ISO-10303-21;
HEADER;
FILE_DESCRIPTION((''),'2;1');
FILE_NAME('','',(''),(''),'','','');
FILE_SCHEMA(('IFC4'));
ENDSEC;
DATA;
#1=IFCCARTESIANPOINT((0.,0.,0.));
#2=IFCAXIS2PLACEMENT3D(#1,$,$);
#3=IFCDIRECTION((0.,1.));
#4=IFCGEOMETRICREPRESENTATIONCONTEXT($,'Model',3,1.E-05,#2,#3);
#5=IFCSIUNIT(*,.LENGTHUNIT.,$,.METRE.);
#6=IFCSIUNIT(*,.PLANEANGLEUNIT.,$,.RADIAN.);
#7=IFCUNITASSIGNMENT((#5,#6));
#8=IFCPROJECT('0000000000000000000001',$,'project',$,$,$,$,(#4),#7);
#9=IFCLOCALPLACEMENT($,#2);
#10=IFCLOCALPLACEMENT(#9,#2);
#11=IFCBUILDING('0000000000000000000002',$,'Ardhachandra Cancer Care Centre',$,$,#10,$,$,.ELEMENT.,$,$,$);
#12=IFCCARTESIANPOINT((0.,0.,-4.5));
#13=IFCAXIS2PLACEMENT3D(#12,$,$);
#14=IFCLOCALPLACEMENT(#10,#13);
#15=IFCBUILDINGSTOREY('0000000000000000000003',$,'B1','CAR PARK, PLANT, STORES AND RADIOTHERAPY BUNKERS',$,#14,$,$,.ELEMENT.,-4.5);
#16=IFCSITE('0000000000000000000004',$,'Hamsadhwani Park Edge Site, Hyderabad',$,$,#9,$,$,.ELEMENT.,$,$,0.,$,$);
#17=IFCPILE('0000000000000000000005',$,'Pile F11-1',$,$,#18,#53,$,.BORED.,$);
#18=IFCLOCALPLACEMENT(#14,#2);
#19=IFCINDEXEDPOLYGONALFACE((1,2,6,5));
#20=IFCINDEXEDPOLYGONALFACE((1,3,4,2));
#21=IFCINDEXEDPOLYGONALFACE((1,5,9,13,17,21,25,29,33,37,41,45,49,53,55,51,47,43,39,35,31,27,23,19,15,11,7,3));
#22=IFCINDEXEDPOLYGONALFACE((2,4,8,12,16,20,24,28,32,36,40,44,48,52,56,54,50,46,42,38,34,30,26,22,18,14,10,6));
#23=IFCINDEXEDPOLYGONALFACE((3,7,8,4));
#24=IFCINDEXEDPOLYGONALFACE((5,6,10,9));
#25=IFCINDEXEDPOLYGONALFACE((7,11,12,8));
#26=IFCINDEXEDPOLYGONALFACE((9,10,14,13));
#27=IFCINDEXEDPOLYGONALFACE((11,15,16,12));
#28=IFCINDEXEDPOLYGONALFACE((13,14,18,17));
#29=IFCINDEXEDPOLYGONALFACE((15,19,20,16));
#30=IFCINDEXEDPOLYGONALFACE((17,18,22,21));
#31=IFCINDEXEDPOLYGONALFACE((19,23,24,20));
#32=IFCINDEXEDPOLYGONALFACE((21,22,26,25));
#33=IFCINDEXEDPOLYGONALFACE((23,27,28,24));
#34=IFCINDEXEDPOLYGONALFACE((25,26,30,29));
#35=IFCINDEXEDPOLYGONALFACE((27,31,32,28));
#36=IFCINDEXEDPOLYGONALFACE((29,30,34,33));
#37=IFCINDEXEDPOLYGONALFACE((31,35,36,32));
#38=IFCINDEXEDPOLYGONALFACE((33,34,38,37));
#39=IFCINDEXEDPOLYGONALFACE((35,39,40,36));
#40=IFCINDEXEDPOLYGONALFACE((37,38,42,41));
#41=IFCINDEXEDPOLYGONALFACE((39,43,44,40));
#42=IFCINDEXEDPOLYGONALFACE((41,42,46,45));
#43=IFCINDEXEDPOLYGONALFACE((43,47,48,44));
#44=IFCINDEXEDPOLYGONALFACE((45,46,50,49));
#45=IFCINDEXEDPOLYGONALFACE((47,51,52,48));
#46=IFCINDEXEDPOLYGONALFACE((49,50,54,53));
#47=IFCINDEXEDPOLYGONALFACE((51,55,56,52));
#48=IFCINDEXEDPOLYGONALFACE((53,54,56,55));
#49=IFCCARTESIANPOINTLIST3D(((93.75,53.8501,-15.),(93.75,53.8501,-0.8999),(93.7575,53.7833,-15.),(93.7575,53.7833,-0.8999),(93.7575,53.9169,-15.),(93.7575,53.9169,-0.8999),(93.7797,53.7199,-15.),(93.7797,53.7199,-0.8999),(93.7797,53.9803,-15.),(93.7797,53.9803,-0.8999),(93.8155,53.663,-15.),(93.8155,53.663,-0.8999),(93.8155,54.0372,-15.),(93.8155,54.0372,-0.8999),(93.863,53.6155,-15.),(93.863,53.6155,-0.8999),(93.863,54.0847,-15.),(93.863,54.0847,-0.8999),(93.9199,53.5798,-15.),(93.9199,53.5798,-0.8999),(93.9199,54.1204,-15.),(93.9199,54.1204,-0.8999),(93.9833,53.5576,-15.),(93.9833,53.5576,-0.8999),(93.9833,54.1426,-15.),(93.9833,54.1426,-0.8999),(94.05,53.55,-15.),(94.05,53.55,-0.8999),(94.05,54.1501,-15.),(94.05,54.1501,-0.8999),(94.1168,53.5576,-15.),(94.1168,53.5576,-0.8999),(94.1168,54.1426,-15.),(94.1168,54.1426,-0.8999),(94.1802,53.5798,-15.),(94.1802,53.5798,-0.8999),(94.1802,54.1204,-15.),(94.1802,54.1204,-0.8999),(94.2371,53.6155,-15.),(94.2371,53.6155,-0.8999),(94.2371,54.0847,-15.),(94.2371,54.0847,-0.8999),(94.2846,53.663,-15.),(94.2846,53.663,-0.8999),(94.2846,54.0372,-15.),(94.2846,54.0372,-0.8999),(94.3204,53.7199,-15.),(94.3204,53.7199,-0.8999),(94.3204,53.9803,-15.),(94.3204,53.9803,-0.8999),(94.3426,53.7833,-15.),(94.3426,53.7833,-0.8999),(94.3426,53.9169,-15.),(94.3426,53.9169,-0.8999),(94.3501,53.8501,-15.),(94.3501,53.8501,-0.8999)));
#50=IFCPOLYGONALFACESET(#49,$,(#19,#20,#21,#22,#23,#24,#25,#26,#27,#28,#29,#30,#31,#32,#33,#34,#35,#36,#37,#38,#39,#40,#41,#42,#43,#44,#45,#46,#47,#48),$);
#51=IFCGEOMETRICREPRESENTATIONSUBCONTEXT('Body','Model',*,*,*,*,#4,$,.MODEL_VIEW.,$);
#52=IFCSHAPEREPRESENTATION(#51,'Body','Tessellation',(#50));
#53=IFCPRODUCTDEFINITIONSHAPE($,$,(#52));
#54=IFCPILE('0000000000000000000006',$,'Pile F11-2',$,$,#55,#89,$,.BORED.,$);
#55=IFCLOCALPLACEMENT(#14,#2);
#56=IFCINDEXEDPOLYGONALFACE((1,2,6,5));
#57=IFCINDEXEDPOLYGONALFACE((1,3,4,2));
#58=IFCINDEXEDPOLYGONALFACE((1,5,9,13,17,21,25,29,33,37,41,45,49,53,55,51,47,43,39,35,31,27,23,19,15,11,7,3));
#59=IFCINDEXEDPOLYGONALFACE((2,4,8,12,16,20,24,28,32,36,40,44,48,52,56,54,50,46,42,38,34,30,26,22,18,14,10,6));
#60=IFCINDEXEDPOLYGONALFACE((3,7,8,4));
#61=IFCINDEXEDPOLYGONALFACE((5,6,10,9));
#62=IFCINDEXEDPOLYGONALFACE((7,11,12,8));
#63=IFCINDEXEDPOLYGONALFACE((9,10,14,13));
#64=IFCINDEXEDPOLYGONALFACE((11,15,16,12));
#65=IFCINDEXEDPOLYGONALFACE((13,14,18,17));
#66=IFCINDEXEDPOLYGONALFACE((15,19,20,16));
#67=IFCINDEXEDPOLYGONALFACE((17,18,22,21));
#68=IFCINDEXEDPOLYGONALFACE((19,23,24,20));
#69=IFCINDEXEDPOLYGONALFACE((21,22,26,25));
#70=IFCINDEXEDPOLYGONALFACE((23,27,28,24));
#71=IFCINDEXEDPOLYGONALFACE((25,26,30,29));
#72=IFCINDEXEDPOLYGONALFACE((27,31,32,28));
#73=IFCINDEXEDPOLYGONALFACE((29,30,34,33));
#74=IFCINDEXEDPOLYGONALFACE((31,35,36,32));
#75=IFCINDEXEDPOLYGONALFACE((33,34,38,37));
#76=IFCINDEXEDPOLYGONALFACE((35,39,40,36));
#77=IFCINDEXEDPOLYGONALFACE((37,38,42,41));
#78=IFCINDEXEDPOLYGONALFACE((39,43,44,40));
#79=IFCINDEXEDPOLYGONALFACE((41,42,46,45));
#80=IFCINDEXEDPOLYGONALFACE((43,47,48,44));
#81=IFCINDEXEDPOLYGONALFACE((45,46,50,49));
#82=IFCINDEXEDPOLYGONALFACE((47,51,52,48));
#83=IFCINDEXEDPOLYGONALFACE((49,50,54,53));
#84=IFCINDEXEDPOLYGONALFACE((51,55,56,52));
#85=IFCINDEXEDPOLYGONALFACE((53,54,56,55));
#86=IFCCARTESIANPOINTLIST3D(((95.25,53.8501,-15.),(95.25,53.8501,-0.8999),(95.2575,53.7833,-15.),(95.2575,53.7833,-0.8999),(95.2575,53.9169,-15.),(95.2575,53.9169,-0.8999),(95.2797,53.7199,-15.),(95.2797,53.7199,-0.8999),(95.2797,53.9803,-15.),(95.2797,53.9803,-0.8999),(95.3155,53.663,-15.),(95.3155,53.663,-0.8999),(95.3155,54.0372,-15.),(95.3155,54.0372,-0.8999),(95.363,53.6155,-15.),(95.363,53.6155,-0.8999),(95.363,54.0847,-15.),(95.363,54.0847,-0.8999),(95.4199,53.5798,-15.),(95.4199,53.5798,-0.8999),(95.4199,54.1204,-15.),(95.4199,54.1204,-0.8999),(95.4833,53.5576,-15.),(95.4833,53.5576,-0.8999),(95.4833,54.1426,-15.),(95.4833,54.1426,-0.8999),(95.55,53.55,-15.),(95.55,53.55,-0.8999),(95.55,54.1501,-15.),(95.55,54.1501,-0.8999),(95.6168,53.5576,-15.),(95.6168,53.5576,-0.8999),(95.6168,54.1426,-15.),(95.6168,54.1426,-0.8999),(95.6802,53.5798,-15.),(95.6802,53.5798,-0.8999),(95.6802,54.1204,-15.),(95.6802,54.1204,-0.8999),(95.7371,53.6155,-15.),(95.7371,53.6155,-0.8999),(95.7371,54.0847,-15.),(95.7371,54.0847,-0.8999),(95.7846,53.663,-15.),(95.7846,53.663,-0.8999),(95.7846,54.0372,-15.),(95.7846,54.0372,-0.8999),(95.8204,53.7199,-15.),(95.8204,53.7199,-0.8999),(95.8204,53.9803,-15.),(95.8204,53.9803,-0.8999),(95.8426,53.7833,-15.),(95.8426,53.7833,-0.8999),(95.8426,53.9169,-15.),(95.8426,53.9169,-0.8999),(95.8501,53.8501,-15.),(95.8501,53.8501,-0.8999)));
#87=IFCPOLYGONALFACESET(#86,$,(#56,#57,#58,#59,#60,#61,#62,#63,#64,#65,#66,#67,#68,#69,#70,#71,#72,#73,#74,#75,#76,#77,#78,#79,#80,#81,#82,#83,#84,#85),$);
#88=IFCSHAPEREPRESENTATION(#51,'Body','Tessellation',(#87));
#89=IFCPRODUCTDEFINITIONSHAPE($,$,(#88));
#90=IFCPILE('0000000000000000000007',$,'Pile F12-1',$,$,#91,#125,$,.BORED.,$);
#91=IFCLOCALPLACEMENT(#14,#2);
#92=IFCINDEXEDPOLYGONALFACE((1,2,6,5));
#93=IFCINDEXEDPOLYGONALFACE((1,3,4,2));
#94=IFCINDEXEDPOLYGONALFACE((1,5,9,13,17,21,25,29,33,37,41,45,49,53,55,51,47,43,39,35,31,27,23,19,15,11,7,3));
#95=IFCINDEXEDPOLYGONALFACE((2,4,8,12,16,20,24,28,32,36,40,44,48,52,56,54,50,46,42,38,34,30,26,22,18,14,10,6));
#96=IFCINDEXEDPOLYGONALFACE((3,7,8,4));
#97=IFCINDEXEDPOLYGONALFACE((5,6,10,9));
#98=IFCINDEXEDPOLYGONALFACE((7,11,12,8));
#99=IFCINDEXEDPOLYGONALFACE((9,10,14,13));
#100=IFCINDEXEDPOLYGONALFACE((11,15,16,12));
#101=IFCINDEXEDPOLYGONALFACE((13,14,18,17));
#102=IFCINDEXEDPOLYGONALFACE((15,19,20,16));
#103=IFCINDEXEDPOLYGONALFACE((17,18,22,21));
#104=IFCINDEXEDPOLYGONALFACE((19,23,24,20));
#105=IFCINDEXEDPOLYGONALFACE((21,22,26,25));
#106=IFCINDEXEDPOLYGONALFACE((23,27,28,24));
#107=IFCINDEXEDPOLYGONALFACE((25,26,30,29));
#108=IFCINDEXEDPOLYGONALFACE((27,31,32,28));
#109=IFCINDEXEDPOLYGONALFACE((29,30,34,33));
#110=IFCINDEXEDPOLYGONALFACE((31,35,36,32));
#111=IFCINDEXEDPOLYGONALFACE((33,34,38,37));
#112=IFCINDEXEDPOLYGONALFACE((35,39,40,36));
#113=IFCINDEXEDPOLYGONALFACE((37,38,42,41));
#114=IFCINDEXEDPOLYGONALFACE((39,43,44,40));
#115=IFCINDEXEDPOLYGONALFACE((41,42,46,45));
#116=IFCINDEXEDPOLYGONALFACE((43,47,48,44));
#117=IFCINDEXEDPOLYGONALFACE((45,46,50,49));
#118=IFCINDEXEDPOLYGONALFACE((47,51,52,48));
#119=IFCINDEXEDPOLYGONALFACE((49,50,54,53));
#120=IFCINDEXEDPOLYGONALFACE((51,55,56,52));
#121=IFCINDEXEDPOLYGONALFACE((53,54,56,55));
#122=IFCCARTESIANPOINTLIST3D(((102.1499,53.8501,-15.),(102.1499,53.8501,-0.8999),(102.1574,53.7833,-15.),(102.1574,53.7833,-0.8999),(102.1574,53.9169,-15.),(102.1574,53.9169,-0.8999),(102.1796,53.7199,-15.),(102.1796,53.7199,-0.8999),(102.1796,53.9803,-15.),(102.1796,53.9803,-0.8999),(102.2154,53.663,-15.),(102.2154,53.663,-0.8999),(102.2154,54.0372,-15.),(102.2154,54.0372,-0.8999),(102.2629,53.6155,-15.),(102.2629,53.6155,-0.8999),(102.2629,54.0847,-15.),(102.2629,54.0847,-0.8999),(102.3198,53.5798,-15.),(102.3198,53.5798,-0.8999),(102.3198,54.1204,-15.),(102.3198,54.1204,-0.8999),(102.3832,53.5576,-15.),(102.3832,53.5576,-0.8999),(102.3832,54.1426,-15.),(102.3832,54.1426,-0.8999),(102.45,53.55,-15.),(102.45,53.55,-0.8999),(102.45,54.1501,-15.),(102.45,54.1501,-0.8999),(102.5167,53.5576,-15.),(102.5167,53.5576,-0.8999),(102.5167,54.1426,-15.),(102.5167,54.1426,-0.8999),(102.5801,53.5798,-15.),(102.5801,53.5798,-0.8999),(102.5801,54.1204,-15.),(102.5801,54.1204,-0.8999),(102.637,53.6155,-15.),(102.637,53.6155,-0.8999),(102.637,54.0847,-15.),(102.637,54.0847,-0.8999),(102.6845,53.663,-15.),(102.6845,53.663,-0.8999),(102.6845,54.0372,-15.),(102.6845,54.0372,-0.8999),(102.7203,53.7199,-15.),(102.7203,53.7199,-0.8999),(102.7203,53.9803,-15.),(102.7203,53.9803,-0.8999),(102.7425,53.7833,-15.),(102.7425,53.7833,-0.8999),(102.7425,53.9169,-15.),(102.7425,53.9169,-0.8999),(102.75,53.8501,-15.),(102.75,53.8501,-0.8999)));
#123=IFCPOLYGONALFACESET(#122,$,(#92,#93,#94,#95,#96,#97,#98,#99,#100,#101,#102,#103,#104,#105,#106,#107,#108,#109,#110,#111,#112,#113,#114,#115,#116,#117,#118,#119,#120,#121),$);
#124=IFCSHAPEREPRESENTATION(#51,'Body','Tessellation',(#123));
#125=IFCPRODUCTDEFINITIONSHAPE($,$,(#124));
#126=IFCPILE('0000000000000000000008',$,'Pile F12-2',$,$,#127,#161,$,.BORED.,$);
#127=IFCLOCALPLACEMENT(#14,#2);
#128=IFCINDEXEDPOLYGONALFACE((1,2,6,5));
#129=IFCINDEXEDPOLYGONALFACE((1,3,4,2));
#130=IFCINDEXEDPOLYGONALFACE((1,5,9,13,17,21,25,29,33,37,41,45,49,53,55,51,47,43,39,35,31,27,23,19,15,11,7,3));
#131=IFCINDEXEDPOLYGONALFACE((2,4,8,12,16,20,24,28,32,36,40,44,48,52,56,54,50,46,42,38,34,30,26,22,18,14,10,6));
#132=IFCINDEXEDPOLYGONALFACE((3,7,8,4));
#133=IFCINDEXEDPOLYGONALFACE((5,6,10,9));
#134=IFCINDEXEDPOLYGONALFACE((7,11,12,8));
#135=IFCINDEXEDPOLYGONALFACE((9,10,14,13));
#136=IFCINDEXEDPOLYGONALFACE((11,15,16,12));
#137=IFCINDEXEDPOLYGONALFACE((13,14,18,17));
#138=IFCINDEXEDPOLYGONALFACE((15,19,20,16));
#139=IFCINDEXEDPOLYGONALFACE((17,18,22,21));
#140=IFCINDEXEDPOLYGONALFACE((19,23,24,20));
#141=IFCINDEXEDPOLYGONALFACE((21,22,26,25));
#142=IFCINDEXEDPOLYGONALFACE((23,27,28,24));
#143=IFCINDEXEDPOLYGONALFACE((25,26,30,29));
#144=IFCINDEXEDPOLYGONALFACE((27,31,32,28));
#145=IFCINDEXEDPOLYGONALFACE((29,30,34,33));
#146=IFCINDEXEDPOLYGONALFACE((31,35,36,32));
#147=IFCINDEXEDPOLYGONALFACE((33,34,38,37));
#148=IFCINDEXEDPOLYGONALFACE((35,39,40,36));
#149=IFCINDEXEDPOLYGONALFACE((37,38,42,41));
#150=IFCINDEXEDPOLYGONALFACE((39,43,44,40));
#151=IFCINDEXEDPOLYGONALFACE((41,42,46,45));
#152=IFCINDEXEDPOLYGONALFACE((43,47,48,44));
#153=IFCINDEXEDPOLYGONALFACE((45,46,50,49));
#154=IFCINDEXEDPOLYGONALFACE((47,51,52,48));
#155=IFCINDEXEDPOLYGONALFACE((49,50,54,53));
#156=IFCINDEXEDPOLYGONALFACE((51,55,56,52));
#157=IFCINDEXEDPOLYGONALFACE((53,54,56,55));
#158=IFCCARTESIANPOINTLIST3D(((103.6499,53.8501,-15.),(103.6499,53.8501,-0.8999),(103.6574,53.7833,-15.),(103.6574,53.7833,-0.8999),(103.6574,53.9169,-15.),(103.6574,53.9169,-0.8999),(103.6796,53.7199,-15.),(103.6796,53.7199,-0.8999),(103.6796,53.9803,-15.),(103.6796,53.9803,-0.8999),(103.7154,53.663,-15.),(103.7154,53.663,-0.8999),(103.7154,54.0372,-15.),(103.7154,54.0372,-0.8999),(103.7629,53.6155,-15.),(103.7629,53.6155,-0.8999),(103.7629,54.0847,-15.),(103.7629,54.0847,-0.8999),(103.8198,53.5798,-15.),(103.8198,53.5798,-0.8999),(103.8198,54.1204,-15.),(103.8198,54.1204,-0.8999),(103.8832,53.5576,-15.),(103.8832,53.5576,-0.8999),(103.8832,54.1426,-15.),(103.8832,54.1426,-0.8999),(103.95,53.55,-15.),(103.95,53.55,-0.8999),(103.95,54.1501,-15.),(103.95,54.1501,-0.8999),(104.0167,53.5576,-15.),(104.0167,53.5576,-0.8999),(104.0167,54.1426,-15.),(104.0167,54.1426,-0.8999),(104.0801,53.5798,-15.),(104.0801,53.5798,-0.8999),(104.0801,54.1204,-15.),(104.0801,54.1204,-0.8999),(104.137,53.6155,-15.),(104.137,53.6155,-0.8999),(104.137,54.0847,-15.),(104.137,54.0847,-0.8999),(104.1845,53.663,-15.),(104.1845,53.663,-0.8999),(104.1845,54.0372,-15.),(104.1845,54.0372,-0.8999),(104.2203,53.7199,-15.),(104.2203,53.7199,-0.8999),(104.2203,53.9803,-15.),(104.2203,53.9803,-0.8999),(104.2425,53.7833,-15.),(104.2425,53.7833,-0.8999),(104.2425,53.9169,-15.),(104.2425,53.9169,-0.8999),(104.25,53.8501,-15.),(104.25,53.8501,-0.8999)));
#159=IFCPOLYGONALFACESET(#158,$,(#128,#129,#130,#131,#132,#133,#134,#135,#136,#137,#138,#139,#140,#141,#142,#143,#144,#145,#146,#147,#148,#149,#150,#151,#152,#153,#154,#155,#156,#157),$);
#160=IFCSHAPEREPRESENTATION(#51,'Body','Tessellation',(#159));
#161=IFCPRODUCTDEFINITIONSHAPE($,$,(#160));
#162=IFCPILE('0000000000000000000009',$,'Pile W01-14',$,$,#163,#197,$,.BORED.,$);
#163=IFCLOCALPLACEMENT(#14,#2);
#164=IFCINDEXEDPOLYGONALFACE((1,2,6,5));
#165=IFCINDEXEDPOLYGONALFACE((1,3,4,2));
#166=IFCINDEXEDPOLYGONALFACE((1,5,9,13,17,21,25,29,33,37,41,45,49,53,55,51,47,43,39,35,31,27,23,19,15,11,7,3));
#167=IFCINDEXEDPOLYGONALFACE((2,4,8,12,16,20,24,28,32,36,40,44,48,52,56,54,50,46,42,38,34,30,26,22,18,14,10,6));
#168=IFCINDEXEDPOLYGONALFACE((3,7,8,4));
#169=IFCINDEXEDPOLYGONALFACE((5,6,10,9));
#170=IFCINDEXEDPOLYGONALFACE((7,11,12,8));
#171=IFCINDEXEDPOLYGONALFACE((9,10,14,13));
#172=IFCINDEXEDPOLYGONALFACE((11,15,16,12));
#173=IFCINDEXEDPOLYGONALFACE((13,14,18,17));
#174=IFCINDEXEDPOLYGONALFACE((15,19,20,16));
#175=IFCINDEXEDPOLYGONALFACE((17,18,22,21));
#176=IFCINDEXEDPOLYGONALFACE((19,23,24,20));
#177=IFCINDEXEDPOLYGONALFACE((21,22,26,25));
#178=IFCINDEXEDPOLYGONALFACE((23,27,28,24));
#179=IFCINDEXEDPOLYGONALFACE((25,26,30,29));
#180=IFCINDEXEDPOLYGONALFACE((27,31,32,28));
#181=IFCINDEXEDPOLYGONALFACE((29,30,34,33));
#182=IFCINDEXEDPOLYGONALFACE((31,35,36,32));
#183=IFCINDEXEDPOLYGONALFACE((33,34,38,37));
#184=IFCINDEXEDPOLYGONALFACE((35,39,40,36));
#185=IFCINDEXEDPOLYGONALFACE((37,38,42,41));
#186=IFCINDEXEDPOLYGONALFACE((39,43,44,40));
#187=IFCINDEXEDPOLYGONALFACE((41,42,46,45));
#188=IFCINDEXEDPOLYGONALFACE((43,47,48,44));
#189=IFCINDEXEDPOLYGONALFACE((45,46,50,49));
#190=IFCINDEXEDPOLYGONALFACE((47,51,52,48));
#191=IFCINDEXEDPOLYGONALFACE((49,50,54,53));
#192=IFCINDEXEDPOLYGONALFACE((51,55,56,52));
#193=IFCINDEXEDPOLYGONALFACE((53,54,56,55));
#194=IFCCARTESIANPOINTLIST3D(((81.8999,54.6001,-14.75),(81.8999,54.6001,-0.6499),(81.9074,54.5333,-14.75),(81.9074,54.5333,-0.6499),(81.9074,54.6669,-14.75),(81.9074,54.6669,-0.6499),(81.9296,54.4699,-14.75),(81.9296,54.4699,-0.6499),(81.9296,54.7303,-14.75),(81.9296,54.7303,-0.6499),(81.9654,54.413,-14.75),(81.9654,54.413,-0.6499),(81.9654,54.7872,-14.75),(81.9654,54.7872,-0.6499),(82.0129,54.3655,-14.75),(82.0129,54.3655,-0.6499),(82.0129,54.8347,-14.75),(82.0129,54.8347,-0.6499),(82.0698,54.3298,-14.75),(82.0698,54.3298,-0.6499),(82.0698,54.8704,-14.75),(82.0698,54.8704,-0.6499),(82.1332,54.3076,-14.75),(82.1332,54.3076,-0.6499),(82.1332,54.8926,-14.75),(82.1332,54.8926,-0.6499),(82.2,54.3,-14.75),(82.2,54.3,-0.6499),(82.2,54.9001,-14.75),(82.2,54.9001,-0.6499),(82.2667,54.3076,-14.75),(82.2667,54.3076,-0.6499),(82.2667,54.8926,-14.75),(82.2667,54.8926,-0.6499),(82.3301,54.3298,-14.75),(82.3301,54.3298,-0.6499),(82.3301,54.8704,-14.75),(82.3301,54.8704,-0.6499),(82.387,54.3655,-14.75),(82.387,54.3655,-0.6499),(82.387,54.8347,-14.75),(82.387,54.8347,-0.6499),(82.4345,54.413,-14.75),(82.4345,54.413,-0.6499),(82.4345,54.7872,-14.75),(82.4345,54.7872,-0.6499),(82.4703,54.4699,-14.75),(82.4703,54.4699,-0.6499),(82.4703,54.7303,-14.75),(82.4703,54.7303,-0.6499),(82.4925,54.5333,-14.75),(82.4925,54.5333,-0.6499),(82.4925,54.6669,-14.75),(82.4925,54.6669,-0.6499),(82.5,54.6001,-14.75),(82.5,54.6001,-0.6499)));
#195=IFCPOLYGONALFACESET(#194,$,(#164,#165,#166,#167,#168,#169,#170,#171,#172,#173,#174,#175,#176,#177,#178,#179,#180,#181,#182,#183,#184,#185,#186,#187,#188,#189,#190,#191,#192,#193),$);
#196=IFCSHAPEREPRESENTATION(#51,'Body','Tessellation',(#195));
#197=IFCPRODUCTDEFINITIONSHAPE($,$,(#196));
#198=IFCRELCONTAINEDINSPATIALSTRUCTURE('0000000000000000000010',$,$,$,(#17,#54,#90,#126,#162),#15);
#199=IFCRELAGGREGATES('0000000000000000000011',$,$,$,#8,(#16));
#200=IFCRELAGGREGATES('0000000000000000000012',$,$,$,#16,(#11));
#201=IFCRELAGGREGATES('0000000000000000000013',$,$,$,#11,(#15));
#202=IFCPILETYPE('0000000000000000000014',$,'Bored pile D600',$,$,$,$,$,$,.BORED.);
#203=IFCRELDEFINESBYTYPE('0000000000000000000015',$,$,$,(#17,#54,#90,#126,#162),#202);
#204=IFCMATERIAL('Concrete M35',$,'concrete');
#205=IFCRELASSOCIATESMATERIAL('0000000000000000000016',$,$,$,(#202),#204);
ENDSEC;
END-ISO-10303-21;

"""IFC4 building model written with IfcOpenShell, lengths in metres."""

from ifc_helpers import new_model, si_unit, direction, frame, origin, origin_2d, place, context, subcontext, project, spatial, circle, extrude, material, material_profile, profile_set, type_object, element, save


model = new_model("IFC4")

# Units and contexts
model_context = context("Model", 3, precision=1e-05, world=origin(), true_north=direction((0.0, 1.0)))
body_context = subcontext(model_context, "Body", "Model", "MODEL_VIEW")
ifc_project = project(units=[si_unit("LENGTHUNIT", "METRE"), si_unit("PLANEANGLEUNIT", "RADIAN")], contexts=[model_context])

# Site, building, storey
site_placement = place(None, origin())
site = spatial("IfcSite", under=ifc_project, at=site_placement, Name="Hamsadhwani Park Edge Site, Hyderabad", CompositionType="ELEMENT", RefElevation=0.0)
building_placement = place(site_placement, origin())
building = spatial("IfcBuilding", under=site, at=building_placement, Name="Ardhachandra Cancer Care Centre", CompositionType="ELEMENT")
storey_placement = place(building_placement, frame((0.0, 0.0, -4.5)))
storey = spatial("IfcBuildingStorey", under=building, at=storey_placement, Name="B1", Description="CAR PARK, PLANT, STORES AND RADIOTHERAPY BUNKERS", CompositionType="ELEMENT", Elevation=-4.5)

# Piles
ifc_material_1 = material(Name="Concrete M35", Category="concrete")
ifc_material_profile_1 = material_profile(ifc_material_1, circle(Radius=0.3, at=origin_2d()), Name="D600")
ifc_profile_set_1 = profile_set([ifc_material_profile_1], Name="Concrete M35")
pile_type_1 = type_object("IfcPileType", Name="Bored pile D600", PredefinedType="BORED", material=ifc_profile_set_1)
for number, where, z_axis, x_axis, name in (
    (1, (94.05, 53.8501, -0.8999), (0.0, 0.0, -1.0), (1.0, 0.0, 0.0), "Pile F11-1"),
    (2, (95.55, 53.8501, -0.8999), (0.0, 0.0, -1.0), (1.0, 0.0, 0.0), "Pile F11-2"),
    (3, (102.45, 53.8501, -0.8999), (0.0, 0.0, -1.0), (1.0, 0.0, 0.0), "Pile F12-1"),
    (4, (103.95, 53.8501, -0.8999), (0.0, 0.0, -1.0), (1.0, 0.0, 0.0), "Pile F12-2"),
    (5, (82.2, 54.6001, -0.6499), (0.0, 0.0, -1.0), (1.0, 0.0, 0.0), "Pile W01-14"),
):
    element("IfcPile", number, at=place(storey_placement, frame(where, z_axis=z_axis, x_axis=x_axis)), inside=storey, type_object=pile_type_1, Name=name, PredefinedType="BORED", context=body_context, shape_type="SweptSolid", body=[
        extrude(circle(Radius=0.3, at=origin_2d()), origin(), (0.0, 0.0, 1.0), 14.1001),
    ])

save(model, "model.ifc")
